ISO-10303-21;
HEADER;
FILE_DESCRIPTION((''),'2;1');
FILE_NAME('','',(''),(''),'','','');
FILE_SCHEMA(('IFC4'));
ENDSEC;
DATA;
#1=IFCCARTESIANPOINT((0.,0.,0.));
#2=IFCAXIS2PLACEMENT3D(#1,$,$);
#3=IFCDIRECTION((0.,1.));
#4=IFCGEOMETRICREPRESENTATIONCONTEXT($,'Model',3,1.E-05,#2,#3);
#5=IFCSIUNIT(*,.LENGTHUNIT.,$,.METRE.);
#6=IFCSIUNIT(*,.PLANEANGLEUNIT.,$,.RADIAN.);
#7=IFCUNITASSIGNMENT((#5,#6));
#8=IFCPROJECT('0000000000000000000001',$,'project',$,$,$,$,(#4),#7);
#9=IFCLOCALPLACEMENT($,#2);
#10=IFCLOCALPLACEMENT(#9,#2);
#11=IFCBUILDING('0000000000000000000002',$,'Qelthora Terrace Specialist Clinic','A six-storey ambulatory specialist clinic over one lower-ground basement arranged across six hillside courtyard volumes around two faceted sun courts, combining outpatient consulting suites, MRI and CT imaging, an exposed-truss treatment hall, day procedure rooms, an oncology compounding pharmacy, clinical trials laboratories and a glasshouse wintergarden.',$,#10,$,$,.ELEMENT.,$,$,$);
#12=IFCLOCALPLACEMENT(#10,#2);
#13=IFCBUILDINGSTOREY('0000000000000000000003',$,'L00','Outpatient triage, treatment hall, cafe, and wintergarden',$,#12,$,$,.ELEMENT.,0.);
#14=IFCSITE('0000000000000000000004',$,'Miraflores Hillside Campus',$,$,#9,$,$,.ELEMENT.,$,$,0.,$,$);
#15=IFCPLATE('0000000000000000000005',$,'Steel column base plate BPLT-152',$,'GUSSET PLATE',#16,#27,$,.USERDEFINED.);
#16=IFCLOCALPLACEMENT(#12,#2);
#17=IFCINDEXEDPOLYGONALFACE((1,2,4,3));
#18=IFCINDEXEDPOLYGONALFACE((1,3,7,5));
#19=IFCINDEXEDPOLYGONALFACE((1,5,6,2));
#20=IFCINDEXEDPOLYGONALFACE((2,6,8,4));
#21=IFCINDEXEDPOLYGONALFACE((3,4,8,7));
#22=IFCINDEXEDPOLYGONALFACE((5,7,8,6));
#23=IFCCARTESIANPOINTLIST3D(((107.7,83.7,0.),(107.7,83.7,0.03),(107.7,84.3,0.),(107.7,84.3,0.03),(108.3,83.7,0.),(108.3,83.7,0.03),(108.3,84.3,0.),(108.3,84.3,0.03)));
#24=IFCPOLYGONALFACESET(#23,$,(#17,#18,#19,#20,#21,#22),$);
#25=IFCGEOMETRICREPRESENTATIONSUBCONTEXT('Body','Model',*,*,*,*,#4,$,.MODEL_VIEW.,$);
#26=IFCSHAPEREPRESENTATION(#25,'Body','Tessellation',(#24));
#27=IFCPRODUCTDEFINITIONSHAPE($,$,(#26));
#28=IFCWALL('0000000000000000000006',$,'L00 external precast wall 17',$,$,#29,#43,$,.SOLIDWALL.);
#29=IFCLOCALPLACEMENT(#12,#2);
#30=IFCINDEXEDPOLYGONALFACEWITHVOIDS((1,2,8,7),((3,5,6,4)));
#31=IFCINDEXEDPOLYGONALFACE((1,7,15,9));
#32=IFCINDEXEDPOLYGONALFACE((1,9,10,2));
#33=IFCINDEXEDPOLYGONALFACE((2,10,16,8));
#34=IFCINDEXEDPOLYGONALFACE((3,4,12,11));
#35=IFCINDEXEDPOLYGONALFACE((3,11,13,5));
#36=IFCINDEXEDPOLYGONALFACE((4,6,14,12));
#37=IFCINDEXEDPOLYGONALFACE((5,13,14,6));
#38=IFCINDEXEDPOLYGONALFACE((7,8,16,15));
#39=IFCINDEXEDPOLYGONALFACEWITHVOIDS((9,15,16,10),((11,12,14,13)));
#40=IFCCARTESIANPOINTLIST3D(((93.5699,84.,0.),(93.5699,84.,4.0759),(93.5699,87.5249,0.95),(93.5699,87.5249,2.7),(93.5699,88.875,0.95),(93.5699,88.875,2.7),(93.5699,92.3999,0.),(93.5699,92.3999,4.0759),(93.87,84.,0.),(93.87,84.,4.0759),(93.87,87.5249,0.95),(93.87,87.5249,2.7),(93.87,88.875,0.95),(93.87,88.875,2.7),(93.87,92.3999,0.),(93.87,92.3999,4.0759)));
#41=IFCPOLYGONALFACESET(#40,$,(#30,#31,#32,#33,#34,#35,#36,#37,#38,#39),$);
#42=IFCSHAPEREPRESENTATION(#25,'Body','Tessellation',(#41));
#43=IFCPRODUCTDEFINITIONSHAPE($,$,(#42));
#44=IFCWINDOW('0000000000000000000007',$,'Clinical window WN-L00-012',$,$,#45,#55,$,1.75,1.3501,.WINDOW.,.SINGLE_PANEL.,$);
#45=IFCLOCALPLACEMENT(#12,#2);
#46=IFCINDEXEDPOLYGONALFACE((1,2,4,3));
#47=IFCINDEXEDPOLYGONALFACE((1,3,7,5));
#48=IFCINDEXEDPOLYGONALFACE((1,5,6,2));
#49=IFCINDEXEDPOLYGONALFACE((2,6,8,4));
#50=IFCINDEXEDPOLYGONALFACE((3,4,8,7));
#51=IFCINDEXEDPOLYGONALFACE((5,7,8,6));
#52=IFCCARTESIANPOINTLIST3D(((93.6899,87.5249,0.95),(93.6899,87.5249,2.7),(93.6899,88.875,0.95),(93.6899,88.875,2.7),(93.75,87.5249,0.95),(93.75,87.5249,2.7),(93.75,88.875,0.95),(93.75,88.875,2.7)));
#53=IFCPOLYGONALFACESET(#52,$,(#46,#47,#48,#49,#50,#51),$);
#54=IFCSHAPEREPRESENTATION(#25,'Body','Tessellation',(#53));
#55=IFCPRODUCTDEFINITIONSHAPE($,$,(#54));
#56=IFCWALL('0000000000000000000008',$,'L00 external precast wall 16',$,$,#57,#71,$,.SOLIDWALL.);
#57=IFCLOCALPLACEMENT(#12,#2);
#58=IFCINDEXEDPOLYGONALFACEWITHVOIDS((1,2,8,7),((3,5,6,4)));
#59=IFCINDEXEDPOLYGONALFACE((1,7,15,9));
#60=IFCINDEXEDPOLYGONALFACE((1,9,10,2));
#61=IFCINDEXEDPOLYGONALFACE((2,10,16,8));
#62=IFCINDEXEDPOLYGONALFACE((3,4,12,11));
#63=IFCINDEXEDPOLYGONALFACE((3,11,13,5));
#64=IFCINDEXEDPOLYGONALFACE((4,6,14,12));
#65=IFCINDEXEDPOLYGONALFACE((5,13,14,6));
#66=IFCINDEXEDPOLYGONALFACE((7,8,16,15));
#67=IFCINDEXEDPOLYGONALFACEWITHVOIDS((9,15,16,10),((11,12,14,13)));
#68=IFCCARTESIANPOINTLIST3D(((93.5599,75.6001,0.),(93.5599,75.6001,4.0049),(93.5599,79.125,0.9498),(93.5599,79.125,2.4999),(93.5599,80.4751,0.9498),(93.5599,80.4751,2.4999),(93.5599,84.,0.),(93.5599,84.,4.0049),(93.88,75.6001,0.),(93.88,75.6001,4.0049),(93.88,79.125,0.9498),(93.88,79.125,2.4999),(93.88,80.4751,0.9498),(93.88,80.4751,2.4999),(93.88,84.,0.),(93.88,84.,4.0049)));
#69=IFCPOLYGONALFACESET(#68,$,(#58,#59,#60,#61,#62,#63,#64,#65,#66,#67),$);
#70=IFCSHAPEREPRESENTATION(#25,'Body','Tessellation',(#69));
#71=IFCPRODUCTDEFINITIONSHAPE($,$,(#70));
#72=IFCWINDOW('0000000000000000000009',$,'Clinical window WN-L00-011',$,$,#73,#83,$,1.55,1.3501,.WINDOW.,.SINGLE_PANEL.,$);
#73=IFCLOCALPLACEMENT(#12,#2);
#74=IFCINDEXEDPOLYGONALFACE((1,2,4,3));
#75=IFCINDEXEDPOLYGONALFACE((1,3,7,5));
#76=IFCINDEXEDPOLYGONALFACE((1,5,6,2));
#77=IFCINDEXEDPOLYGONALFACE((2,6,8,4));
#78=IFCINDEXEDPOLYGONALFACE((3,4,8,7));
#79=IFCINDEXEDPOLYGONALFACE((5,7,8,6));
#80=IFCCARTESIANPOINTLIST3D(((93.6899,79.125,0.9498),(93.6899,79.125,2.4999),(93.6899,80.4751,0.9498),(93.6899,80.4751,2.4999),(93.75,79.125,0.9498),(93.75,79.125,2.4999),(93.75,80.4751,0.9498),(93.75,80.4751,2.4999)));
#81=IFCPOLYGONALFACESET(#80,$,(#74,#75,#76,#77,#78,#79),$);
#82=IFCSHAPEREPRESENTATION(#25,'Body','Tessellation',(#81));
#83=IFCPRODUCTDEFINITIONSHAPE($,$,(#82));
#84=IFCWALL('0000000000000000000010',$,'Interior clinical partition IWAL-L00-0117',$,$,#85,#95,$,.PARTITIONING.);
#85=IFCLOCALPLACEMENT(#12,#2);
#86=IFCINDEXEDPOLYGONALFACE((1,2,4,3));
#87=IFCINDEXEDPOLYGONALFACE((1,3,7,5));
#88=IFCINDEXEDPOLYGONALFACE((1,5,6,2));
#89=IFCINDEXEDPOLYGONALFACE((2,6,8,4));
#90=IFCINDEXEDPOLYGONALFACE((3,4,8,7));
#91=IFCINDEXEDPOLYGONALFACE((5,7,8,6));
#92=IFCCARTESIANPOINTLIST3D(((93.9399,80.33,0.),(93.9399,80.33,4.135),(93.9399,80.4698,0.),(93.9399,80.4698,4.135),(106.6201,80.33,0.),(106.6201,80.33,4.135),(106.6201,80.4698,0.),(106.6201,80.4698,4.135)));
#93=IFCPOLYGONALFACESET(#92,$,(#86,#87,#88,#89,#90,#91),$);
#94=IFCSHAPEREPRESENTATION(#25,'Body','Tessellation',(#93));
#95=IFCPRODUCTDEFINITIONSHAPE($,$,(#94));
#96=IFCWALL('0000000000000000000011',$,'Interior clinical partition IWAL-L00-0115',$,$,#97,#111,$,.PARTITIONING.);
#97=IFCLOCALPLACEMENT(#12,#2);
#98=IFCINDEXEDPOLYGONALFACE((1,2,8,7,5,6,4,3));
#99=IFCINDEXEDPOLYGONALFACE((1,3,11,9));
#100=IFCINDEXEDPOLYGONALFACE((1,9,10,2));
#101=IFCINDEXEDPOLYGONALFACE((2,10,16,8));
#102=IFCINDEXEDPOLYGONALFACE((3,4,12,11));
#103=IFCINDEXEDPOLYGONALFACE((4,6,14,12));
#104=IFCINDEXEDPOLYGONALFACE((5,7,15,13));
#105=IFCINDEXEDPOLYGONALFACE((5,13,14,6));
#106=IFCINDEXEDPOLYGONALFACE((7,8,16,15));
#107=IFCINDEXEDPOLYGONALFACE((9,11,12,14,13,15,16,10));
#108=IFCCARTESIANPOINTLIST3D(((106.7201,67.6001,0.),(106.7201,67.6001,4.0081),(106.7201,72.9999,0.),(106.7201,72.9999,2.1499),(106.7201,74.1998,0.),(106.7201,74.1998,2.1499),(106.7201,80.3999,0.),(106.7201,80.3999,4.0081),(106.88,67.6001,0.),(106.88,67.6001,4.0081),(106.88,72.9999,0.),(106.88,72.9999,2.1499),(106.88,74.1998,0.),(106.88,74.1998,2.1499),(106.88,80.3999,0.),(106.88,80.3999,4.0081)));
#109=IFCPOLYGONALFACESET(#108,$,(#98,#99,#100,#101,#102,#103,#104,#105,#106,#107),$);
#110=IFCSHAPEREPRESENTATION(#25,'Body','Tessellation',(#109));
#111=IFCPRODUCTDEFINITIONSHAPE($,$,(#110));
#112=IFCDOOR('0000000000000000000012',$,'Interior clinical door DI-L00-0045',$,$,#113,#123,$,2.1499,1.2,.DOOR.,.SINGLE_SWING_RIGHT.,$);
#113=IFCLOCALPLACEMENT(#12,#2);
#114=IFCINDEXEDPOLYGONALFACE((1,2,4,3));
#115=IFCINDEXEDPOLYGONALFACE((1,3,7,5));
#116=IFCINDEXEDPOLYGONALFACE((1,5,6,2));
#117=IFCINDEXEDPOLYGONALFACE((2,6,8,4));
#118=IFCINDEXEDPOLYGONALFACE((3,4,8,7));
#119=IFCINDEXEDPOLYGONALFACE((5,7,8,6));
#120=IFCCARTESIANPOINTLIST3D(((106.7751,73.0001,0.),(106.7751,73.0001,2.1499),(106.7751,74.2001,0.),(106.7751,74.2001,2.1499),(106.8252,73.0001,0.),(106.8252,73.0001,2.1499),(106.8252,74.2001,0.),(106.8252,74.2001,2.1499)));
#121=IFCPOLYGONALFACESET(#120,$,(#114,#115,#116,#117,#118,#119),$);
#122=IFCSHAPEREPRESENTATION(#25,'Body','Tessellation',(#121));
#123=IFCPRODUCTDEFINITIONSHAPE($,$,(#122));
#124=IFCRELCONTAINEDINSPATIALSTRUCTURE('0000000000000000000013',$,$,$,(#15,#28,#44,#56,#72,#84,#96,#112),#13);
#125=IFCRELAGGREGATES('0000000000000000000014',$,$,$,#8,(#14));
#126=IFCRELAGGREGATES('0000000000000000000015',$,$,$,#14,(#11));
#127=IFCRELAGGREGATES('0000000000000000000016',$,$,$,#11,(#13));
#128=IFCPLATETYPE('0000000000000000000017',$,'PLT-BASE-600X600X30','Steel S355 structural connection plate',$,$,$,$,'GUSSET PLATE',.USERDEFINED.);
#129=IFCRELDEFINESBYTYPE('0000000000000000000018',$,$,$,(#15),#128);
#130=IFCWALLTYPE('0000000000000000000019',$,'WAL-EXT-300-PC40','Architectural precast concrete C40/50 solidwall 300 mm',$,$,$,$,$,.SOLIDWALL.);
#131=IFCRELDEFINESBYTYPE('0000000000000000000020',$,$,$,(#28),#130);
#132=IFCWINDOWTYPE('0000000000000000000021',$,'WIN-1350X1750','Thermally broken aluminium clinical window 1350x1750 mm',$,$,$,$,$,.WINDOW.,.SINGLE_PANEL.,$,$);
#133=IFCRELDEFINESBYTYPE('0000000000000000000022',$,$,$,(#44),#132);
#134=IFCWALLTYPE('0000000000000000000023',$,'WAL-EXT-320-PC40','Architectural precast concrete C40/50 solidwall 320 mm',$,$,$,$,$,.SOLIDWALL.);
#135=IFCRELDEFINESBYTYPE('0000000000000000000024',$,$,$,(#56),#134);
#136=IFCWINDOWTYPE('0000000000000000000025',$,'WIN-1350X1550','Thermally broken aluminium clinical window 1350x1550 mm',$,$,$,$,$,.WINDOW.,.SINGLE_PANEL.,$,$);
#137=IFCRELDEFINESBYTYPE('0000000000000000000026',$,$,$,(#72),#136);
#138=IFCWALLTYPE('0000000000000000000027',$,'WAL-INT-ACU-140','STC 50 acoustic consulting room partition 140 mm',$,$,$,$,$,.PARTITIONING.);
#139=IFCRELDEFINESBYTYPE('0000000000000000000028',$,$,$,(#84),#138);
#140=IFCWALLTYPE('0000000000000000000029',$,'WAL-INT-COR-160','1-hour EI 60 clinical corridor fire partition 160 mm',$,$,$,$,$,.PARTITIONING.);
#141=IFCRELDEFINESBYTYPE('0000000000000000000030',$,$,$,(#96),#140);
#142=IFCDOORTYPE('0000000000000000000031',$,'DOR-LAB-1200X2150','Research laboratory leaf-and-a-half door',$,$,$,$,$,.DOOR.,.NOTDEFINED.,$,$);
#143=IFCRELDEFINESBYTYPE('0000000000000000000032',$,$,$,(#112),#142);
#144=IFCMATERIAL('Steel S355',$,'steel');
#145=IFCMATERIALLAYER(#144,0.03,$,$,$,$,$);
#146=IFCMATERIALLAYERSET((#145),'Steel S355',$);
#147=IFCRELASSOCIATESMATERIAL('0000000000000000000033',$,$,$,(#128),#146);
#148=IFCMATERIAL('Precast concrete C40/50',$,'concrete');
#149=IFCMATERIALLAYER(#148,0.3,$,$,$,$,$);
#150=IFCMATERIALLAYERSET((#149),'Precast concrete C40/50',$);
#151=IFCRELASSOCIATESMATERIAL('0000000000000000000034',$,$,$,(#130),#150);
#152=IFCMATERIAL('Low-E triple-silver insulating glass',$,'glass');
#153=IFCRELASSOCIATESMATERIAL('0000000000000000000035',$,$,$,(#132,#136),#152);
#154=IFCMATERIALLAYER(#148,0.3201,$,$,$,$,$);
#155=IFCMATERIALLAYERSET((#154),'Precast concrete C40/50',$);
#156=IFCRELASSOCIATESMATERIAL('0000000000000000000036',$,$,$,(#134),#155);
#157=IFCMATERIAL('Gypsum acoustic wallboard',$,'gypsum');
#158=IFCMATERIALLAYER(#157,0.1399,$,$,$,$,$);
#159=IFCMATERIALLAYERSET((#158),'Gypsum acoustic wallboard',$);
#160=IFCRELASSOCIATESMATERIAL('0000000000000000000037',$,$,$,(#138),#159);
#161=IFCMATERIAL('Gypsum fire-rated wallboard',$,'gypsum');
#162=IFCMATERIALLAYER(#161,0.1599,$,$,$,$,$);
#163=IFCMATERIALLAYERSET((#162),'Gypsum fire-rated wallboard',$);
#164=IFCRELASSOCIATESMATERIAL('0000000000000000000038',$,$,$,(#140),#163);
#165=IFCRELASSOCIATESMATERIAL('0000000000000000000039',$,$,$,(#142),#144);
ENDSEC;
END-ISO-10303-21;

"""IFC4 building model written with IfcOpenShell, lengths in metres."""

from ifc_helpers import new_model, si_unit, direction, frame, frame_2d, origin, origin_2d, place, context, subcontext, project, spatial, rectangle, extrude, material, layer, layer_set, type_object, element, fill, save


model = new_model("IFC4")

# Units and contexts
model_context = context("Model", 3, precision=1e-05, world=origin(), true_north=direction((0.0, 1.0)))
body_context = subcontext(model_context, "Body", "Model", "MODEL_VIEW")
ifc_project = project(units=[si_unit("LENGTHUNIT", "METRE"), si_unit("PLANEANGLEUNIT", "RADIAN")], contexts=[model_context])

# Site, building, storey
site_placement = place(None, origin())
site = spatial("IfcSite", under=ifc_project, at=site_placement, Name="Miraflores Hillside Campus", CompositionType="ELEMENT", RefElevation=0.0)
building_placement = place(site_placement, origin())
building = spatial("IfcBuilding", under=site, at=building_placement, Name="Qelthora Terrace Specialist Clinic", Description="A six-storey ambulatory specialist clinic over one lower-ground basement arranged across six hillside courtyard volumes around two faceted sun courts, combining outpatient consulting suites, MRI and CT imaging, an exposed-truss treatment hall, day procedure rooms, an oncology compounding pharmacy, clinical trials laboratories and a glasshouse wintergarden.", CompositionType="ELEMENT")
storey_placement = place(building_placement, origin())
storey = spatial("IfcBuildingStorey", under=building, at=storey_placement, Name="L00", Description="Outpatient triage, treatment hall, cafe, and wintergarden", CompositionType="ELEMENT", Elevation=0.0)

# Shared definitions
ifc_material_1 = material(Name="Steel S355", Category="steel")

# Plate
ifc_layer_1 = layer(ifc_material_1, 0.03)
ifc_layer_set_1 = layer_set([ifc_layer_1], Name="Steel S355")
plate_type = type_object("IfcPlateType", Name="PLT-BASE-600X600X30", Description="Steel S355 structural connection plate", ElementType="GUSSET PLATE", PredefinedType="USERDEFINED", material=ifc_layer_set_1)
for number, where, z_axis, x_axis, name in (
    (1, (108.0, 84.0, 0.0), (0.0, 0.0, 1.0), (1.0, 0.0, 0.0), "Steel column base plate BPLT-152"),
):
    element("IfcPlate", number, at=place(storey_placement, frame(where, z_axis=z_axis, x_axis=x_axis)), inside=storey, type_object=plate_type, Name=name, ObjectType="GUSSET PLATE", PredefinedType="USERDEFINED", context=body_context, shape_type="SweptSolid", body=[
        extrude(rectangle(XDim=0.6001, YDim=0.6001, at=origin_2d()), origin(), (0.0, 0.0, 1.0), 0.03),
    ])

# Walls, openings, windows
ifc_material_2 = material(Name="Precast concrete C40/50", Category="concrete")
ifc_layer_2 = layer(ifc_material_2, 0.3)
ifc_layer_set_2 = layer_set([ifc_layer_2], Name="Precast concrete C40/50")
wall_type_1 = type_object("IfcWallType", Name="WAL-EXT-300-PC40", Description="Architectural precast concrete C40/50 solidwall 300 mm", PredefinedType="SOLIDWALL", material=ifc_layer_set_2)
wall_1_placement = place(storey_placement, frame((93.72, 84.0, 0.0), z_axis=(0.0, 0.0, 1.0), x_axis=(0.0, 1.0, 0.0)))
wall_1 = element("IfcWall", 2, at=wall_1_placement, inside=storey, type_object=wall_type_1, Name="L00 external precast wall 17", PredefinedType="SOLIDWALL", context=body_context, shape_type="SweptSolid", body=[
    extrude(rectangle(XDim=8.3999, YDim=0.3, at=frame_2d((4.2, 0.0))), origin(), (0.0, 0.0, 1.0), 4.0759),
])
opening_1_placement = place(wall_1_placement, frame((3.5249, 0.0, 0.95)))
opening_1 = element("IfcOpeningElement", 3, at=opening_1_placement, cuts=wall_1, PredefinedType="OPENING", context=body_context, shape_type="SweptSolid", body=[
    extrude(rectangle(XDim=1.3501, YDim=1.75, at=frame_2d((0.675, 0.875))), frame((0.0, 0.1599, 0.0), z_axis=(0.0, -1.0, 0.0), x_axis=(1.0, 0.0, 0.0)), (0.0, 0.0, 1.0), 0.3201),
])
ifc_material_3 = material(Name="Low-E triple-silver insulating glass", Category="glass")
window_type_1 = type_object("IfcWindowType", Name="WIN-1350X1750", Description="Thermally broken aluminium clinical window 1350x1750 mm", PartitioningType="SINGLE_PANEL", PredefinedType="WINDOW", material=ifc_material_3)
window_1_placement = place(opening_1_placement, origin())
window_1 = element("IfcWindow", 4, at=window_1_placement, inside=storey, type_object=window_type_1, Name="Clinical window WN-L00-012", OverallHeight=1.75, OverallWidth=1.3501, PartitioningType="SINGLE_PANEL", PredefinedType="WINDOW", context=body_context, shape_type="SweptSolid", body=[
    extrude(rectangle(XDim=1.3501, YDim=1.75, at=frame_2d((0.675, 0.875))), frame((0.0, 0.03, 0.0), z_axis=(0.0, -1.0, 0.0), x_axis=(1.0, 0.0, 0.0)), (0.0, 0.0, 1.0), 0.0601),
])
fill(opening_1, window_1)
ifc_layer_3 = layer(ifc_material_2, 0.3201)
ifc_layer_set_3 = layer_set([ifc_layer_3], Name="Precast concrete C40/50")
wall_type_2 = type_object("IfcWallType", Name="WAL-EXT-320-PC40", Description="Architectural precast concrete C40/50 solidwall 320 mm", PredefinedType="SOLIDWALL", material=ifc_layer_set_3)
wall_2_placement = place(storey_placement, frame((93.72, 75.6001, 0.0), z_axis=(0.0, 0.0, 1.0), x_axis=(0.0, 1.0, 0.0)))
wall_2 = element("IfcWall", 5, at=wall_2_placement, inside=storey, type_object=wall_type_2, Name="L00 external precast wall 16", PredefinedType="SOLIDWALL", context=body_context, shape_type="SweptSolid", body=[
    extrude(rectangle(XDim=8.3999, YDim=0.3201, at=frame_2d((4.2, 0.0))), origin(), (0.0, 0.0, 1.0), 4.0049),
])
opening_2_placement = place(wall_2_placement, frame((3.5249, 0.0, 0.95)))
opening_2 = element("IfcOpeningElement", 6, at=opening_2_placement, cuts=wall_2, PredefinedType="OPENING", context=body_context, shape_type="SweptSolid", body=[
    extrude(rectangle(XDim=1.3501, YDim=1.55, at=frame_2d((0.675, 0.7749))), frame((0.0, 0.1699, 0.0), z_axis=(0.0, -1.0, 0.0), x_axis=(1.0, 0.0, 0.0)), (0.0, 0.0, 1.0), 0.3401),
])
window_type_2 = type_object("IfcWindowType", Name="WIN-1350X1550", Description="Thermally broken aluminium clinical window 1350x1550 mm", PartitioningType="SINGLE_PANEL", PredefinedType="WINDOW", material=ifc_material_3)
window_2_placement = place(opening_2_placement, origin())
window_2 = element("IfcWindow", 7, at=window_2_placement, inside=storey, type_object=window_type_2, Name="Clinical window WN-L00-011", OverallHeight=1.55, OverallWidth=1.3501, PartitioningType="SINGLE_PANEL", PredefinedType="WINDOW", context=body_context, shape_type="SweptSolid", body=[
    extrude(rectangle(XDim=1.3501, YDim=1.55, at=frame_2d((0.675, 0.7749))), frame((0.0, 0.03, 0.0), z_axis=(0.0, -1.0, 0.0), x_axis=(1.0, 0.0, 0.0)), (0.0, 0.0, 1.0), 0.0601),
])
fill(opening_2, window_2)

# Wall
ifc_material_4 = material(Name="Gypsum acoustic wallboard", Category="gypsum")
ifc_layer_4 = layer(ifc_material_4, 0.1399)
ifc_layer_set_4 = layer_set([ifc_layer_4], Name="Gypsum acoustic wallboard")
wall_type_3 = type_object("IfcWallType", Name="WAL-INT-ACU-140", Description="STC 50 acoustic consulting room partition 140 mm", PredefinedType="PARTITIONING", material=ifc_layer_set_4)
wall_3_placement = place(storey_placement, frame((93.9399, 80.3999, 0.0), z_axis=(0.0, 0.0, 1.0), x_axis=(1.0, 0.0, 0.0)))
element("IfcWall", 8, at=wall_3_placement, inside=storey, type_object=wall_type_3, Name="Interior clinical partition IWAL-L00-0117", PredefinedType="PARTITIONING", context=body_context, shape_type="SweptSolid", body=[
    extrude(rectangle(XDim=12.6802, YDim=0.1399, at=frame_2d((6.3401, 0.0))), origin(), (0.0, 0.0, 1.0), 4.135),
])

# Wall, opening, door
ifc_material_5 = material(Name="Gypsum fire-rated wallboard", Category="gypsum")
ifc_layer_5 = layer(ifc_material_5, 0.1599)
ifc_layer_set_5 = layer_set([ifc_layer_5], Name="Gypsum fire-rated wallboard")
wall_type_4 = type_object("IfcWallType", Name="WAL-INT-COR-160", Description="1-hour EI 60 clinical corridor fire partition 160 mm", PredefinedType="PARTITIONING", material=ifc_layer_set_5)
wall_4_placement = place(storey_placement, frame((106.8, 80.3999, 0.0), z_axis=(0.0, 0.0, 1.0), x_axis=(0.0, -1.0, 0.0)))
wall_4 = element("IfcWall", 9, at=wall_4_placement, inside=storey, type_object=wall_type_4, Name="Interior clinical partition IWAL-L00-0115", PredefinedType="PARTITIONING", context=body_context, shape_type="SweptSolid", body=[
    extrude(rectangle(XDim=12.7998, YDim=0.1599, at=frame_2d((6.3999, 0.0))), origin(), (0.0, 0.0, 1.0), 4.0081),
])
opening_3_placement = place(wall_4_placement, frame((6.2, 0.0, 0.0)))
opening_3 = element("IfcOpeningElement", 10, at=opening_3_placement, cuts=wall_4, PredefinedType="OPENING", context=body_context, shape_type="SweptSolid", body=[
    extrude(rectangle(XDim=1.2, YDim=2.1499, at=frame_2d((0.6001, 1.075))), frame((0.0, 0.0898, 0.0), z_axis=(0.0, -1.0, 0.0), x_axis=(1.0, 0.0, 0.0)), (0.0, 0.0, 1.0), 0.1799),
])
door_type = type_object("IfcDoorType", Name="DOR-LAB-1200X2150", Description="Research laboratory leaf-and-a-half door", OperationType="NOTDEFINED", PredefinedType="DOOR", material=ifc_material_1)
door_placement = place(opening_3_placement, frame((1.2, 0.0, 0.0), z_axis=(0.0, 0.0, 1.0), x_axis=(-1.0, 0.0, 0.0)))
door = element("IfcDoor", 11, at=door_placement, inside=storey, type_object=door_type, Name="Interior clinical door DI-L00-0045", OperationType="SINGLE_SWING_RIGHT", OverallHeight=2.1499, OverallWidth=1.2, PredefinedType="DOOR", context=body_context, shape_type="SweptSolid", body=[
    extrude(rectangle(XDim=1.2, YDim=2.1499, at=frame_2d((0.6001, 1.075))), frame((0.0, 0.0249, 0.0), z_axis=(0.0, -1.0, 0.0), x_axis=(1.0, 0.0, 0.0)), (0.0, 0.0, 1.0), 0.05),
])
fill(opening_3, door)

save(model, "model.ifc")
